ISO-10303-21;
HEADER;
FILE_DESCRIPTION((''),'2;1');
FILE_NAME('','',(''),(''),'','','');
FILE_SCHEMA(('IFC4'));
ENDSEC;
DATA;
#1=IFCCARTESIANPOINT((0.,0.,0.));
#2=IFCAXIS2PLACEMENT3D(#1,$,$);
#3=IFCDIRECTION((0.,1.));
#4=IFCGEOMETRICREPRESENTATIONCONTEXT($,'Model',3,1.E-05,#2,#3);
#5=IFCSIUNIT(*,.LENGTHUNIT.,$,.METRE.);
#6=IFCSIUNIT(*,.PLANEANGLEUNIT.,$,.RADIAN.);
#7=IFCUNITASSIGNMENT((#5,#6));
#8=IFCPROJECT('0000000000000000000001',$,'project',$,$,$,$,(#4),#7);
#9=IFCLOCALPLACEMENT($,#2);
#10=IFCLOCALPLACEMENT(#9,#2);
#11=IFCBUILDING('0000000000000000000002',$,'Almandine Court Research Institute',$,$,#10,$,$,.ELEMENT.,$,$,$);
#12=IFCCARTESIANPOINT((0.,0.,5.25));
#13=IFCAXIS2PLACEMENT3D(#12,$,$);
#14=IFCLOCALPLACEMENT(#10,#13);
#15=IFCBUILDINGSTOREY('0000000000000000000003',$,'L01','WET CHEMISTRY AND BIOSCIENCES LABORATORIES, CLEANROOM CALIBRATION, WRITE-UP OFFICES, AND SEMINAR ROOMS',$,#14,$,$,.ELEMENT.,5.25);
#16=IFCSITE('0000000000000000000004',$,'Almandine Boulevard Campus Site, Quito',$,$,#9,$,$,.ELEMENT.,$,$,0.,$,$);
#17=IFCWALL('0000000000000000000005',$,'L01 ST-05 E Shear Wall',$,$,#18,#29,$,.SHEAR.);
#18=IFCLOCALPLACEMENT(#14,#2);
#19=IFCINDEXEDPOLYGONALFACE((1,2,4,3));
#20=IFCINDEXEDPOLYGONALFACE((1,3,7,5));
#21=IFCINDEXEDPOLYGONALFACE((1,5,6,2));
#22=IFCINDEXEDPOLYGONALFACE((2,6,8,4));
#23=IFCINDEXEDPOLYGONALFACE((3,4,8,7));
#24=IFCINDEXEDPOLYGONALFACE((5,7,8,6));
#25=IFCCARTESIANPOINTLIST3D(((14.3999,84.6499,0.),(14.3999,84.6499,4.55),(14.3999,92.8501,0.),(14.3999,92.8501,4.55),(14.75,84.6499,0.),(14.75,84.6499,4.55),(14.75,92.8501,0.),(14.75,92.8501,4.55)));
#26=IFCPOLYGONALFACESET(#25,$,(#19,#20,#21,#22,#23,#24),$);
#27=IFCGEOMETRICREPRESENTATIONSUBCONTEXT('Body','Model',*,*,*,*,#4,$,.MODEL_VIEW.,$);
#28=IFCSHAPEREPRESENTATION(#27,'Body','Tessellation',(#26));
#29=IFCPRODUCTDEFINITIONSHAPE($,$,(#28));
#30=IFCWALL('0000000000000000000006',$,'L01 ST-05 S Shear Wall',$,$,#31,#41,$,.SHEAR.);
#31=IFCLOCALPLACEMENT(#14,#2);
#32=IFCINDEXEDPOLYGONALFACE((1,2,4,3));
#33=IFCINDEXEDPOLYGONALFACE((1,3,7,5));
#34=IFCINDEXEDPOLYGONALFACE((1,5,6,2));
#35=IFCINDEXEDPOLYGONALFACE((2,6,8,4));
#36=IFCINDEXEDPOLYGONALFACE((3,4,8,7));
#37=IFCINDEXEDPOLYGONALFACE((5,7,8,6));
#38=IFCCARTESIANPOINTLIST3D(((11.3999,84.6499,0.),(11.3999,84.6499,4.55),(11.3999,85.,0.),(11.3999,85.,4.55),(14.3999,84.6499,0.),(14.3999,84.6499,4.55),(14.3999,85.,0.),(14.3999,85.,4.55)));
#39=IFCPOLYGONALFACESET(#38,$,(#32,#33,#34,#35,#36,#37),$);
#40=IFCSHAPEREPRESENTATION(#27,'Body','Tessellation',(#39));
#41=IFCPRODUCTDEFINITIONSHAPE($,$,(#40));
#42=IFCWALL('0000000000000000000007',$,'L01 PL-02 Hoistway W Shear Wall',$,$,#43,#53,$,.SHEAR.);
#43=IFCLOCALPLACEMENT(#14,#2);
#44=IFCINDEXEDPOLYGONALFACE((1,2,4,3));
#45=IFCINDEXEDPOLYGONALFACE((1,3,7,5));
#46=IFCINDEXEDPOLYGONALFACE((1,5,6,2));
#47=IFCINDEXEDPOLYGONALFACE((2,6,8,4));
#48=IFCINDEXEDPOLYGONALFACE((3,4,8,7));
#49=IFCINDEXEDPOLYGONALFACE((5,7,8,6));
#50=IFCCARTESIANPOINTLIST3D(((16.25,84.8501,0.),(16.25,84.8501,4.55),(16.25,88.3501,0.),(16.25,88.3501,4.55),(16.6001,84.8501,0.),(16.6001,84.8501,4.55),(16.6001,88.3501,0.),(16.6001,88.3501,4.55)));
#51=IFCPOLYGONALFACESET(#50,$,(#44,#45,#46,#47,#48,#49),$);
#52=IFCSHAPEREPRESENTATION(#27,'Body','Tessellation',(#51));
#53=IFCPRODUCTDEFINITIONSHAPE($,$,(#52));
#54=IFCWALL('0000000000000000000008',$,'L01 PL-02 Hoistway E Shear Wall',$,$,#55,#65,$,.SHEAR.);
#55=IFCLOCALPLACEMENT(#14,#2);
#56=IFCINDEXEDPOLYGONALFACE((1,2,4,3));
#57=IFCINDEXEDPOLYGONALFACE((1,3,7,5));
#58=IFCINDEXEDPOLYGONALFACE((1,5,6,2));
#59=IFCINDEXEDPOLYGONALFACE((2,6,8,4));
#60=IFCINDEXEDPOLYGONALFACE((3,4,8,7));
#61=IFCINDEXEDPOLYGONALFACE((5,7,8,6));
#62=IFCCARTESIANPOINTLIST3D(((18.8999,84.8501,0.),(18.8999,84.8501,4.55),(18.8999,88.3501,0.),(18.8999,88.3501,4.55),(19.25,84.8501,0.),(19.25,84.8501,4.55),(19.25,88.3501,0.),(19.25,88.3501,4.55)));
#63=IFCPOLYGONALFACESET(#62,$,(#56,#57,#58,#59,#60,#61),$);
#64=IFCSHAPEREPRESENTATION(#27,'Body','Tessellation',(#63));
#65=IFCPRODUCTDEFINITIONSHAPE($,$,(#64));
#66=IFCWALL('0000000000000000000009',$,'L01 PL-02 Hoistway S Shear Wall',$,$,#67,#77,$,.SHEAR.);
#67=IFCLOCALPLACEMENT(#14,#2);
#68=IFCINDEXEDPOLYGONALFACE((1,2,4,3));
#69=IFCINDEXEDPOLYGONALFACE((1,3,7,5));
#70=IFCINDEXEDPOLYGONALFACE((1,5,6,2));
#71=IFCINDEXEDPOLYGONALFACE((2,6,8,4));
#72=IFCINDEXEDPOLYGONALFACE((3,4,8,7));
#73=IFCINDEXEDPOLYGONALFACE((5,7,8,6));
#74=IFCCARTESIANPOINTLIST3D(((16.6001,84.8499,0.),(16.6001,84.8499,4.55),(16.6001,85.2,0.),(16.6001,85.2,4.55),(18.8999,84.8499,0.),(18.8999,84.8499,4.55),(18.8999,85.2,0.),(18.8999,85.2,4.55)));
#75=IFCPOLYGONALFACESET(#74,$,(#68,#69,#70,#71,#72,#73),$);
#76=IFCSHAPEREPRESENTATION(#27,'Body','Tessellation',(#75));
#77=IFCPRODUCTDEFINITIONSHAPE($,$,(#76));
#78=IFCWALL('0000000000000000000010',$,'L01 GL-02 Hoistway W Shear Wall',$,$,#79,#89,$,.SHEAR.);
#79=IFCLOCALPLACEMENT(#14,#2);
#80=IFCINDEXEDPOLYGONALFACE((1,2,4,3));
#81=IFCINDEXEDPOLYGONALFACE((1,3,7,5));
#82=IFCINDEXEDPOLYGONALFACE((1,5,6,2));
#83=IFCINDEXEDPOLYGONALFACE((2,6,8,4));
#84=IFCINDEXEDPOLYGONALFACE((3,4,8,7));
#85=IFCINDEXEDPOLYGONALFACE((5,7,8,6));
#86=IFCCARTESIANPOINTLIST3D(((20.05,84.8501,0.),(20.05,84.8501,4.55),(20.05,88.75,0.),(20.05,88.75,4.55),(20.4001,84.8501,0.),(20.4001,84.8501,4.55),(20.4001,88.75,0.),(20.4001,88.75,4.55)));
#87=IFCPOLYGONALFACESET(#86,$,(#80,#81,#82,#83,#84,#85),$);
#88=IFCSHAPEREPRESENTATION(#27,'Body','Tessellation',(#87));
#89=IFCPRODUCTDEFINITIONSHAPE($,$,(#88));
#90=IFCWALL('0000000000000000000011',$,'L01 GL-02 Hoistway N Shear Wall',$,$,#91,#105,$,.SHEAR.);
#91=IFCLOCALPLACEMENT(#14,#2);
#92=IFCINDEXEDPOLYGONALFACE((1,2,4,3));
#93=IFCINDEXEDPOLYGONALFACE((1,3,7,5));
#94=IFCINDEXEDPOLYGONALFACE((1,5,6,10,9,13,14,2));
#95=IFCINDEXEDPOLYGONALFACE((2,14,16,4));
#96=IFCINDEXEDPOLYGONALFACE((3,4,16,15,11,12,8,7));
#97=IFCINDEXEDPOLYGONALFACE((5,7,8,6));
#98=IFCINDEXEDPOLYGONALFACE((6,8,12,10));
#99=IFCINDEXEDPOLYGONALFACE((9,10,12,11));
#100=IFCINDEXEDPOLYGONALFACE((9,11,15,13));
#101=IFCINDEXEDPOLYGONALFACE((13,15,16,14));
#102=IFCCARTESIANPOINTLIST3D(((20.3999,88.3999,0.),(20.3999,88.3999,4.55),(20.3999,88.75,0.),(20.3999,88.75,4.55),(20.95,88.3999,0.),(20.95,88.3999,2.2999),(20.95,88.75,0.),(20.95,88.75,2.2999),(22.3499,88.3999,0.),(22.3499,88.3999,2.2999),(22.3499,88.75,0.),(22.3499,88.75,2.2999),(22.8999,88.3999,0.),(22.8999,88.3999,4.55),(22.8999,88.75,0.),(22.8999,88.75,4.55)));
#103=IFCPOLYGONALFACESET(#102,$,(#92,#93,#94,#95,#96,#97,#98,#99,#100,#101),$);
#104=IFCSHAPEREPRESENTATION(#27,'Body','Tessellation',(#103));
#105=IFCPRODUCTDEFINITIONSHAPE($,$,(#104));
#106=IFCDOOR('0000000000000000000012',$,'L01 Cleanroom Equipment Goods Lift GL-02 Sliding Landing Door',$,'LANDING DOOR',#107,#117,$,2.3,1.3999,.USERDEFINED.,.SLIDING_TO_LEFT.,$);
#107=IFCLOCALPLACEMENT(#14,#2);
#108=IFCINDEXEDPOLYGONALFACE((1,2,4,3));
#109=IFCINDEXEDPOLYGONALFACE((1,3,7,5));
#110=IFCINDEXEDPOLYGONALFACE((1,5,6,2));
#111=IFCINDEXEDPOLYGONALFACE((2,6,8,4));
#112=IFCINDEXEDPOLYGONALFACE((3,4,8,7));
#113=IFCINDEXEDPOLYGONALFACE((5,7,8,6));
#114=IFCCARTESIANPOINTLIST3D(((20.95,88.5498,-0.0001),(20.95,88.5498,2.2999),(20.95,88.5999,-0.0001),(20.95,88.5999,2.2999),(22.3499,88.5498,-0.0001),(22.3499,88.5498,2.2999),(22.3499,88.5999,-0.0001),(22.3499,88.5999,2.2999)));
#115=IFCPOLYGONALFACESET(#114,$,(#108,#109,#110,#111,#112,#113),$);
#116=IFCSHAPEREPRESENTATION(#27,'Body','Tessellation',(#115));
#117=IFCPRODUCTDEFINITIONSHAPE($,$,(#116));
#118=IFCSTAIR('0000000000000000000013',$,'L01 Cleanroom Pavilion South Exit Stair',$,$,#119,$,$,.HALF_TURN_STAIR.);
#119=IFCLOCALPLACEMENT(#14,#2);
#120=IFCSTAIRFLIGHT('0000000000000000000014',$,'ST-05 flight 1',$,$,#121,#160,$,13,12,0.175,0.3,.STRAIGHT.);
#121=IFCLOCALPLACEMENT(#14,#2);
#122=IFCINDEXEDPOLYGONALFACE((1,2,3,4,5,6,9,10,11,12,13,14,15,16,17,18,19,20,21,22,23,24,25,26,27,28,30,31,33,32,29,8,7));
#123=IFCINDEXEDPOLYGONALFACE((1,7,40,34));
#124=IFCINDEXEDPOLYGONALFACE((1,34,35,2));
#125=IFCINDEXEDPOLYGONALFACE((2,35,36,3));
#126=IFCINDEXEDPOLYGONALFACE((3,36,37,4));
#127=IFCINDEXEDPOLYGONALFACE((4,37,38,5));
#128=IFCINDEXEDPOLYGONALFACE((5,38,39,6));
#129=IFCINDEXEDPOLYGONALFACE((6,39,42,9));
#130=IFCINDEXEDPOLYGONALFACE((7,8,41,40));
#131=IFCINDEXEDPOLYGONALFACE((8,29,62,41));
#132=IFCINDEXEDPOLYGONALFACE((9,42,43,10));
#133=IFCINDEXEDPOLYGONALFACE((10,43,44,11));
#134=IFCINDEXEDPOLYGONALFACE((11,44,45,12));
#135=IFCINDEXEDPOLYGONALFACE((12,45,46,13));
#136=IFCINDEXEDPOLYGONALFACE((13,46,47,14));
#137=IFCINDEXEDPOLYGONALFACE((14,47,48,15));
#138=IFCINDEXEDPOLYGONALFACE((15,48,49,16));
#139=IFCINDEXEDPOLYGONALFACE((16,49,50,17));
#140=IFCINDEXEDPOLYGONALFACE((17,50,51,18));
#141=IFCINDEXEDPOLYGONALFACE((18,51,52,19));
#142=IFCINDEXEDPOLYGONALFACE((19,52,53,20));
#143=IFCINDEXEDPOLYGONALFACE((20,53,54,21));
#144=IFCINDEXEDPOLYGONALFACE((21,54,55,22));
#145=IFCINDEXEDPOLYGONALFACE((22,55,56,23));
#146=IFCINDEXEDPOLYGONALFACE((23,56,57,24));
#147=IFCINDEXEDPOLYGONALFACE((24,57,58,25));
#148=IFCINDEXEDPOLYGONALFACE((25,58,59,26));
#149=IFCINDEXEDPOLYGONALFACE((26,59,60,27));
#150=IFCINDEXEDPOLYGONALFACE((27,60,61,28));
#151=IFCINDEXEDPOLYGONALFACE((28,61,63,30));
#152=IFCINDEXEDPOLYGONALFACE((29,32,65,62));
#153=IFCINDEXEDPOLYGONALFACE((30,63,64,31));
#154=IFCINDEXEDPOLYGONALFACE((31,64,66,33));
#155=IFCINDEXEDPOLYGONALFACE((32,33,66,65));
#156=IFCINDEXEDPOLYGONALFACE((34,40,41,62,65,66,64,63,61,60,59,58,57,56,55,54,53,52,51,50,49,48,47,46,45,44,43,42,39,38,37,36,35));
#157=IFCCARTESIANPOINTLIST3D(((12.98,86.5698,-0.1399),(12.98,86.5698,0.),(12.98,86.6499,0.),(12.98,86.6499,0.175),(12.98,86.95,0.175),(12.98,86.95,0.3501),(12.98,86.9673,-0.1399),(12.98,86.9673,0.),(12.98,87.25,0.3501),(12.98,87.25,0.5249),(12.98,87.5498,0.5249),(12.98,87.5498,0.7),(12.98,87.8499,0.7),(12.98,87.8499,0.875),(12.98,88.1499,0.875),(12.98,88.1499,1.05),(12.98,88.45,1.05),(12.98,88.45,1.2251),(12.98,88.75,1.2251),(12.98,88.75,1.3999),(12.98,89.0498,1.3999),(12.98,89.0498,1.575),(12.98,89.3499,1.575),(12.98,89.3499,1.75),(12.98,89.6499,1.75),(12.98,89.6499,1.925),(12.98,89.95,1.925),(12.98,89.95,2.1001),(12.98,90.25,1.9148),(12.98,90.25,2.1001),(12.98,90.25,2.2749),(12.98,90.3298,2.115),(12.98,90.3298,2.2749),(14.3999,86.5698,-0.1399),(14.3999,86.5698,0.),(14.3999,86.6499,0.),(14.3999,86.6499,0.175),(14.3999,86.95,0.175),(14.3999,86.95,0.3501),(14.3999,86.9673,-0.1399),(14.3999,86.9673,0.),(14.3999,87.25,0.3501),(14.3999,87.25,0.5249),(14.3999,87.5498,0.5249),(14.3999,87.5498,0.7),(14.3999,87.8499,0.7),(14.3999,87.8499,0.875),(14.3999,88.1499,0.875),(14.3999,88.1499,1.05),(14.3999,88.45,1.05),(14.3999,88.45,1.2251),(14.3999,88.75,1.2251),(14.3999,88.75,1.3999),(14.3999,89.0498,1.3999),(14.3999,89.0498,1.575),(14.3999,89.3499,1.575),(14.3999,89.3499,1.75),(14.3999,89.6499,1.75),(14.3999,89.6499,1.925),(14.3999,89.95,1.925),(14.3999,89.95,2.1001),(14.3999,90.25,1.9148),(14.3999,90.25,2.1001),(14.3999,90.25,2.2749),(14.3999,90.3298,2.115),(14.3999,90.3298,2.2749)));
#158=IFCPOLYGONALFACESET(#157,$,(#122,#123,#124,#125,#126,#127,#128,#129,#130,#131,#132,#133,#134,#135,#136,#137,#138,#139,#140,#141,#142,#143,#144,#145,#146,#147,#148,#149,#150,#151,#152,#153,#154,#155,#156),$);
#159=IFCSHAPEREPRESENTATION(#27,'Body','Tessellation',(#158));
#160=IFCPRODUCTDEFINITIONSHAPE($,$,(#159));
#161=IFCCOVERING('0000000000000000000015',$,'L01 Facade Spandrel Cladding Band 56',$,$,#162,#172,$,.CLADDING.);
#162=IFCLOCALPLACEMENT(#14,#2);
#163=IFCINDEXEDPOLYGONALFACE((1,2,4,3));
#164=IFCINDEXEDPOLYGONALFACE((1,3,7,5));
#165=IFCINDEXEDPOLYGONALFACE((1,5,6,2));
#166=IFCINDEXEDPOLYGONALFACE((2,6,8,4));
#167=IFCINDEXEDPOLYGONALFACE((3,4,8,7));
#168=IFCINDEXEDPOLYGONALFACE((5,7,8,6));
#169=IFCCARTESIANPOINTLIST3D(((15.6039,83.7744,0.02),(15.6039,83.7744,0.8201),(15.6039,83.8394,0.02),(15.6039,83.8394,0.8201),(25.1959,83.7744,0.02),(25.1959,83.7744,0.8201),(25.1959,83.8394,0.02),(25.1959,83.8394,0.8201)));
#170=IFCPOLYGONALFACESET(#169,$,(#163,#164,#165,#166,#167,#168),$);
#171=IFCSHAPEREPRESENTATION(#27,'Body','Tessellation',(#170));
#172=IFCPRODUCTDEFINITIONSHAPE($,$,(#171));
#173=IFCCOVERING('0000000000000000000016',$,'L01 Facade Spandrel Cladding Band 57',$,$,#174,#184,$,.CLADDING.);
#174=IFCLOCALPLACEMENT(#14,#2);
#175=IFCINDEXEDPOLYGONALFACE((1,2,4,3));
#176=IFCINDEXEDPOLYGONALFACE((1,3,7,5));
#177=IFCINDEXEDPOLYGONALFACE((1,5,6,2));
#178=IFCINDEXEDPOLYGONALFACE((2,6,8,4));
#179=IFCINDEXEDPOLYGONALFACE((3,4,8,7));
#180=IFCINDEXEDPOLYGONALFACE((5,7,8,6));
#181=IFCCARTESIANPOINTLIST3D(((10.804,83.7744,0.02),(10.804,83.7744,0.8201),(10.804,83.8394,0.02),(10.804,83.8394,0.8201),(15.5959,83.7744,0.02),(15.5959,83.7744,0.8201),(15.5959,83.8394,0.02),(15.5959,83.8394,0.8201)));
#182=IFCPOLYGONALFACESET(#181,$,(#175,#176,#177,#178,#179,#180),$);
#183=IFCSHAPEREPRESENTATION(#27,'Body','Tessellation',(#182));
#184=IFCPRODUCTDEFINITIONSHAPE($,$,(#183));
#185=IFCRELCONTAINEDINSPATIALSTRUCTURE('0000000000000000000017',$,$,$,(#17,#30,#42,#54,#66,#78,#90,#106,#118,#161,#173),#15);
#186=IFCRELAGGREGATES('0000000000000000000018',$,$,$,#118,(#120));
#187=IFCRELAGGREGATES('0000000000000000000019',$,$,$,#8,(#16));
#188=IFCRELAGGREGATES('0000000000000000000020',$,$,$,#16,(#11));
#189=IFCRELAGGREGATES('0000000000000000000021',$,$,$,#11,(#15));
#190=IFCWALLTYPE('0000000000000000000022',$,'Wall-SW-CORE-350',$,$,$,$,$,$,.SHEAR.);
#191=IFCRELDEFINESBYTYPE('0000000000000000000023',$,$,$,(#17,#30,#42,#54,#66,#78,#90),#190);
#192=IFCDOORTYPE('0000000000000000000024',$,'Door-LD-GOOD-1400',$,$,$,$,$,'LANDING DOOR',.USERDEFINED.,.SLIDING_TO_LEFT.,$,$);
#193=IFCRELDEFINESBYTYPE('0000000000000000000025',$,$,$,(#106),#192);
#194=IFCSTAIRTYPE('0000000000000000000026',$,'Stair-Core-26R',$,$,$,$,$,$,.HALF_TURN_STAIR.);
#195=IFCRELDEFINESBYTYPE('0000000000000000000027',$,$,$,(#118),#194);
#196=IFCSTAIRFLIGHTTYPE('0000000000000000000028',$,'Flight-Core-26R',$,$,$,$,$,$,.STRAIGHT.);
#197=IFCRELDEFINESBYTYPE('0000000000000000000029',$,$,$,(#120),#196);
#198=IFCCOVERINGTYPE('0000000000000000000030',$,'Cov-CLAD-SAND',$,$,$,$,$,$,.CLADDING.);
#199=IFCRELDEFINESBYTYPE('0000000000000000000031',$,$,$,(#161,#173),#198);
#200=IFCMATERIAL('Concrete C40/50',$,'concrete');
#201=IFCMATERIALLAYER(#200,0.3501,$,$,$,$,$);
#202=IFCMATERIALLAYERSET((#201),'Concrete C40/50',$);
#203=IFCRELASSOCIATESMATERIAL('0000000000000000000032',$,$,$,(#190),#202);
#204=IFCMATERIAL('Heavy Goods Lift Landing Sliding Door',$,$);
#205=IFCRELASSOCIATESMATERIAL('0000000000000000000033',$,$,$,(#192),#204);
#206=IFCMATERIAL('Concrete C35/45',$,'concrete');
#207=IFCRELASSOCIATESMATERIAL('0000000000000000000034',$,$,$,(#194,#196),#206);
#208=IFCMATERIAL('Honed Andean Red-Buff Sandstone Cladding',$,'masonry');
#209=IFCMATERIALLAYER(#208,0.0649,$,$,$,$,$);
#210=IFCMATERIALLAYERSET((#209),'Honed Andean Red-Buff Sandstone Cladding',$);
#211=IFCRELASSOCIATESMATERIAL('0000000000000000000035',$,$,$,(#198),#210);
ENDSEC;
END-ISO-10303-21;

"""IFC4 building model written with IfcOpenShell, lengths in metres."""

from ifc_helpers import new_model, si_unit, direction, frame, frame_2d, origin, origin_2d, place, context, subcontext, project, spatial, polyline, rectangle, outline, extrude, material, layer, layer_set, type_object, element, fill, aggregate, save


model = new_model("IFC4")

# Units and contexts
model_context = context("Model", 3, precision=1e-05, world=origin(), true_north=direction((0.0, 1.0)))
body_context = subcontext(model_context, "Body", "Model", "MODEL_VIEW")
ifc_project = project(units=[si_unit("LENGTHUNIT", "METRE"), si_unit("PLANEANGLEUNIT", "RADIAN")], contexts=[model_context])

# Site, building, storey
site_placement = place(None, origin())
site = spatial("IfcSite", under=ifc_project, at=site_placement, Name="Almandine Boulevard Campus Site, Quito", CompositionType="ELEMENT", RefElevation=0.0)
building_placement = place(site_placement, origin())
building = spatial("IfcBuilding", under=site, at=building_placement, Name="Almandine Court Research Institute", CompositionType="ELEMENT")
storey_placement = place(building_placement, frame((0.0, 0.0, 5.25)))
storey = spatial("IfcBuildingStorey", under=building, at=storey_placement, Name="L01", Description="WET CHEMISTRY AND BIOSCIENCES LABORATORIES, CLEANROOM CALIBRATION, WRITE-UP OFFICES, AND SEMINAR ROOMS", CompositionType="ELEMENT", Elevation=5.25)

# Walls
ifc_material_1 = material(Name="Concrete C40/50", Category="concrete")
ifc_layer_1 = layer(ifc_material_1, 0.3501)
ifc_layer_set_1 = layer_set([ifc_layer_1], Name="Concrete C40/50")
wall_type_1 = type_object("IfcWallType", Name="Wall-SW-CORE-350", PredefinedType="SHEAR", material=ifc_layer_set_1)
wall_1_placement = place(storey_placement, frame((14.575, 92.8501, 0.0), z_axis=(0.0, 0.0, 1.0), x_axis=(0.0, -1.0, 0.0)))
element("IfcWall", 1, at=wall_1_placement, inside=storey, type_object=wall_type_1, Name="L01 ST-05 E Shear Wall", PredefinedType="SHEAR", context=body_context, shape_type="SweptSolid", body=[
    extrude(rectangle(XDim=8.2002, YDim=0.3501, at=frame_2d((4.1001, 0.0))), origin(), (0.0, 0.0, 1.0), 4.55),
])
wall_2_placement = place(storey_placement, frame((14.3999, 84.825, 0.0), z_axis=(0.0, 0.0, 1.0), x_axis=(-1.0, 0.0, 0.0)))
element("IfcWall", 2, at=wall_2_placement, inside=storey, type_object=wall_type_1, Name="L01 ST-05 S Shear Wall", PredefinedType="SHEAR", context=body_context, shape_type="SweptSolid", body=[
    extrude(rectangle(XDim=3.0, YDim=0.3501, at=frame_2d((1.5, 0.0))), origin(), (0.0, 0.0, 1.0), 4.55),
])
wall_3_placement = place(storey_placement, frame((16.425, 84.8501, 0.0), z_axis=(0.0, 0.0, 1.0), x_axis=(0.0, 1.0, 0.0)))
element("IfcWall", 3, at=wall_3_placement, inside=storey, type_object=wall_type_1, Name="L01 PL-02 Hoistway W Shear Wall", PredefinedType="SHEAR", context=body_context, shape_type="SweptSolid", body=[
    extrude(rectangle(XDim=3.5, YDim=0.3501, at=frame_2d((1.75, 0.0))), origin(), (0.0, 0.0, 1.0), 4.55),
])

# Walls
wall_4_placement = place(storey_placement, frame((19.075, 88.3501, 0.0), z_axis=(0.0, 0.0, 1.0), x_axis=(0.0, -1.0, 0.0)))
element("IfcWall", 4, at=wall_4_placement, inside=storey, type_object=wall_type_1, Name="L01 PL-02 Hoistway E Shear Wall", PredefinedType="SHEAR", context=body_context, shape_type="SweptSolid", body=[
    extrude(rectangle(XDim=3.5, YDim=0.3501, at=frame_2d((1.75, 0.0))), origin(), (0.0, 0.0, 1.0), 4.55),
])
wall_5_placement = place(storey_placement, frame((18.8999, 85.0249, 0.0), z_axis=(0.0, 0.0, 1.0), x_axis=(-1.0, 0.0, 0.0)))
element("IfcWall", 5, at=wall_5_placement, inside=storey, type_object=wall_type_1, Name="L01 PL-02 Hoistway S Shear Wall", PredefinedType="SHEAR", context=body_context, shape_type="SweptSolid", body=[
    extrude(rectangle(XDim=2.2998, YDim=0.3501, at=frame_2d((1.1499, 0.0))), origin(), (0.0, 0.0, 1.0), 4.55),
])
wall_6_placement = place(storey_placement, frame((20.2251, 84.8501, 0.0), z_axis=(0.0, 0.0, 1.0), x_axis=(0.0, 1.0, 0.0)))
element("IfcWall", 6, at=wall_6_placement, inside=storey, type_object=wall_type_1, Name="L01 GL-02 Hoistway W Shear Wall", PredefinedType="SHEAR", context=body_context, shape_type="SweptSolid", body=[
    extrude(rectangle(XDim=3.8999, YDim=0.3501, at=frame_2d((1.95, 0.0))), origin(), (0.0, 0.0, 1.0), 4.55),
])

# Wall, opening, door
wall_7_placement = place(storey_placement, frame((20.3999, 88.575, 0.0), z_axis=(0.0, 0.0, 1.0), x_axis=(1.0, 0.0, 0.0)))
wall_7 = element("IfcWall", 7, at=wall_7_placement, inside=storey, type_object=wall_type_1, Name="L01 GL-02 Hoistway N Shear Wall", PredefinedType="SHEAR", context=body_context, shape_type="SweptSolid", body=[
    extrude(rectangle(XDim=2.5, YDim=0.3501, at=frame_2d((1.25, 0.0))), origin(), (0.0, 0.0, 1.0), 4.55),
])
opening_1_placement = place(wall_7_placement, frame((0.55, 0.0, 0.0)))
opening_1 = element("IfcOpeningElement", 8, at=opening_1_placement, cuts=wall_7, PredefinedType="OPENING", context=body_context, shape_type="SweptSolid", body=[
    extrude(rectangle(XDim=1.3999, YDim=2.3, at=frame_2d((0.7, 1.1499))), frame((0.0, 0.1851, 0.0), z_axis=(0.0, -1.0, 0.0), x_axis=(1.0, 0.0, 0.0)), (0.0, 0.0, 1.0), 0.3701),
])
ifc_material_2 = material(Name="Heavy Goods Lift Landing Sliding Door")
door_type_1 = type_object("IfcDoorType", Name="Door-LD-GOOD-1400", ElementType="LANDING DOOR", OperationType="SLIDING_TO_LEFT", PredefinedType="USERDEFINED", material=ifc_material_2)
door_1_placement = place(opening_1_placement, origin())
door_1 = element("IfcDoor", 9, at=door_1_placement, inside=storey, type_object=door_type_1, Name="L01 Cleanroom Equipment Goods Lift GL-02 Sliding Landing Door", ObjectType="LANDING DOOR", OperationType="SLIDING_TO_LEFT", OverallHeight=2.3, OverallWidth=1.3999, PredefinedType="USERDEFINED", context=body_context, shape_type="SweptSolid", body=[
    extrude(rectangle(XDim=1.3999, YDim=2.3, at=frame_2d((0.7, 1.1499))), frame((0.0, 0.0249, 0.0), z_axis=(0.0, -1.0, 0.0), x_axis=(1.0, 0.0, 0.0)), (0.0, 0.0, 1.0), 0.05),
])
fill(opening_1, door_1)

# Stair, stair flight
ifc_material_3 = material(Name="Concrete C35/45", Category="concrete")
stair_type = type_object("IfcStairType", Name="Stair-Core-26R", PredefinedType="HALF_TURN_STAIR", material=ifc_material_3)
stair_placement = place(storey_placement, origin())
stair = element("IfcStair", 10, at=stair_placement, inside=storey, type_object=stair_type, Name="L01 Cleanroom Pavilion South Exit Stair", PredefinedType="HALF_TURN_STAIR")
stair_flight_type = type_object("IfcStairFlightType", Name="Flight-Core-26R", PredefinedType="STRAIGHT", material=ifc_material_3)
stair_flight_placement = place(storey_placement, frame((13.6899, 86.6499, 0.0), z_axis=(0.0, 0.0, 1.0), x_axis=(0.0, 1.0, 0.0)))
stair_flight = element("IfcStairFlight", 11, at=stair_flight_placement, type_object=stair_flight_type, Name="ST-05 flight 1", NumberOfRisers=13, NumberOfTreads=12, PredefinedType="STRAIGHT", RiserHeight=0.175, TreadLength=0.3, context=body_context, shape_type="SweptSolid", body=[
    extrude(outline(polyline([(-0.0801, -0.1399), (-0.0801, 0.0), (0.0, 0.0), (0.0, 0.175), (0.3, 0.175), (0.3, 0.3501), (0.6001, 0.3501), (0.6001, 0.5249), (0.8999, 0.5249), (0.8999, 0.7), (1.2, 0.7), (1.2, 0.875), (1.5, 0.875), (1.5, 1.05), (1.8, 1.05), (1.8, 1.2251), (2.1001, 1.2251), (2.1001, 1.3999), (2.3999, 1.3999), (2.3999, 1.575), (2.7, 1.575), (2.7, 1.75), (3.0, 1.75), (3.0, 1.925), (3.3, 1.925), (3.3, 2.1001), (3.6001, 2.1001), (3.6001, 2.2749), (3.6799, 2.2749), (3.6799, 2.115), (3.6001, 1.9148), (0.3174, 0.0), (0.3174, -0.1399), (-0.0801, -0.1399)])), frame((0.0, 0.71, 0.0), z_axis=(0.0, -1.0, 0.0), x_axis=(1.0, 0.0, 0.0)), (0.0, 0.0, 1.0), 1.4199),
])
aggregate(stair, [stair_flight])

# Coverings
ifc_material_4 = material(Name="Honed Andean Red-Buff Sandstone Cladding", Category="masonry")
ifc_layer_2 = layer(ifc_material_4, 0.0649)
ifc_layer_set_2 = layer_set([ifc_layer_2], Name="Honed Andean Red-Buff Sandstone Cladding")
covering_type = type_object("IfcCoveringType", Name="Cov-CLAD-SAND", PredefinedType="CLADDING", material=ifc_layer_set_2)
covering_1_placement = place(storey_placement, frame((20.3999, 83.8069, 0.02), z_axis=(0.0, 0.0, 1.0), x_axis=(-1.0, 0.0, 0.0)))
element("IfcCovering", 12, at=covering_1_placement, inside=storey, type_object=covering_type, Name="L01 Facade Spandrel Cladding Band 56", PredefinedType="CLADDING", context=body_context, shape_type="SweptSolid", body=[
    extrude(rectangle(XDim=9.592, YDim=0.0649, at=origin_2d()), origin(), (0.0, 0.0, 1.0), 0.8),
])
covering_2_placement = place(storey_placement, frame((13.2, 83.8069, 0.02), z_axis=(0.0, 0.0, 1.0), x_axis=(-1.0, 0.0, 0.0)))
element("IfcCovering", 13, at=covering_2_placement, inside=storey, type_object=covering_type, Name="L01 Facade Spandrel Cladding Band 57", PredefinedType="CLADDING", context=body_context, shape_type="SweptSolid", body=[
    extrude(rectangle(XDim=4.792, YDim=0.0649, at=origin_2d()), origin(), (0.0, 0.0, 1.0), 0.8),
])

save(model, "model.ifc")
